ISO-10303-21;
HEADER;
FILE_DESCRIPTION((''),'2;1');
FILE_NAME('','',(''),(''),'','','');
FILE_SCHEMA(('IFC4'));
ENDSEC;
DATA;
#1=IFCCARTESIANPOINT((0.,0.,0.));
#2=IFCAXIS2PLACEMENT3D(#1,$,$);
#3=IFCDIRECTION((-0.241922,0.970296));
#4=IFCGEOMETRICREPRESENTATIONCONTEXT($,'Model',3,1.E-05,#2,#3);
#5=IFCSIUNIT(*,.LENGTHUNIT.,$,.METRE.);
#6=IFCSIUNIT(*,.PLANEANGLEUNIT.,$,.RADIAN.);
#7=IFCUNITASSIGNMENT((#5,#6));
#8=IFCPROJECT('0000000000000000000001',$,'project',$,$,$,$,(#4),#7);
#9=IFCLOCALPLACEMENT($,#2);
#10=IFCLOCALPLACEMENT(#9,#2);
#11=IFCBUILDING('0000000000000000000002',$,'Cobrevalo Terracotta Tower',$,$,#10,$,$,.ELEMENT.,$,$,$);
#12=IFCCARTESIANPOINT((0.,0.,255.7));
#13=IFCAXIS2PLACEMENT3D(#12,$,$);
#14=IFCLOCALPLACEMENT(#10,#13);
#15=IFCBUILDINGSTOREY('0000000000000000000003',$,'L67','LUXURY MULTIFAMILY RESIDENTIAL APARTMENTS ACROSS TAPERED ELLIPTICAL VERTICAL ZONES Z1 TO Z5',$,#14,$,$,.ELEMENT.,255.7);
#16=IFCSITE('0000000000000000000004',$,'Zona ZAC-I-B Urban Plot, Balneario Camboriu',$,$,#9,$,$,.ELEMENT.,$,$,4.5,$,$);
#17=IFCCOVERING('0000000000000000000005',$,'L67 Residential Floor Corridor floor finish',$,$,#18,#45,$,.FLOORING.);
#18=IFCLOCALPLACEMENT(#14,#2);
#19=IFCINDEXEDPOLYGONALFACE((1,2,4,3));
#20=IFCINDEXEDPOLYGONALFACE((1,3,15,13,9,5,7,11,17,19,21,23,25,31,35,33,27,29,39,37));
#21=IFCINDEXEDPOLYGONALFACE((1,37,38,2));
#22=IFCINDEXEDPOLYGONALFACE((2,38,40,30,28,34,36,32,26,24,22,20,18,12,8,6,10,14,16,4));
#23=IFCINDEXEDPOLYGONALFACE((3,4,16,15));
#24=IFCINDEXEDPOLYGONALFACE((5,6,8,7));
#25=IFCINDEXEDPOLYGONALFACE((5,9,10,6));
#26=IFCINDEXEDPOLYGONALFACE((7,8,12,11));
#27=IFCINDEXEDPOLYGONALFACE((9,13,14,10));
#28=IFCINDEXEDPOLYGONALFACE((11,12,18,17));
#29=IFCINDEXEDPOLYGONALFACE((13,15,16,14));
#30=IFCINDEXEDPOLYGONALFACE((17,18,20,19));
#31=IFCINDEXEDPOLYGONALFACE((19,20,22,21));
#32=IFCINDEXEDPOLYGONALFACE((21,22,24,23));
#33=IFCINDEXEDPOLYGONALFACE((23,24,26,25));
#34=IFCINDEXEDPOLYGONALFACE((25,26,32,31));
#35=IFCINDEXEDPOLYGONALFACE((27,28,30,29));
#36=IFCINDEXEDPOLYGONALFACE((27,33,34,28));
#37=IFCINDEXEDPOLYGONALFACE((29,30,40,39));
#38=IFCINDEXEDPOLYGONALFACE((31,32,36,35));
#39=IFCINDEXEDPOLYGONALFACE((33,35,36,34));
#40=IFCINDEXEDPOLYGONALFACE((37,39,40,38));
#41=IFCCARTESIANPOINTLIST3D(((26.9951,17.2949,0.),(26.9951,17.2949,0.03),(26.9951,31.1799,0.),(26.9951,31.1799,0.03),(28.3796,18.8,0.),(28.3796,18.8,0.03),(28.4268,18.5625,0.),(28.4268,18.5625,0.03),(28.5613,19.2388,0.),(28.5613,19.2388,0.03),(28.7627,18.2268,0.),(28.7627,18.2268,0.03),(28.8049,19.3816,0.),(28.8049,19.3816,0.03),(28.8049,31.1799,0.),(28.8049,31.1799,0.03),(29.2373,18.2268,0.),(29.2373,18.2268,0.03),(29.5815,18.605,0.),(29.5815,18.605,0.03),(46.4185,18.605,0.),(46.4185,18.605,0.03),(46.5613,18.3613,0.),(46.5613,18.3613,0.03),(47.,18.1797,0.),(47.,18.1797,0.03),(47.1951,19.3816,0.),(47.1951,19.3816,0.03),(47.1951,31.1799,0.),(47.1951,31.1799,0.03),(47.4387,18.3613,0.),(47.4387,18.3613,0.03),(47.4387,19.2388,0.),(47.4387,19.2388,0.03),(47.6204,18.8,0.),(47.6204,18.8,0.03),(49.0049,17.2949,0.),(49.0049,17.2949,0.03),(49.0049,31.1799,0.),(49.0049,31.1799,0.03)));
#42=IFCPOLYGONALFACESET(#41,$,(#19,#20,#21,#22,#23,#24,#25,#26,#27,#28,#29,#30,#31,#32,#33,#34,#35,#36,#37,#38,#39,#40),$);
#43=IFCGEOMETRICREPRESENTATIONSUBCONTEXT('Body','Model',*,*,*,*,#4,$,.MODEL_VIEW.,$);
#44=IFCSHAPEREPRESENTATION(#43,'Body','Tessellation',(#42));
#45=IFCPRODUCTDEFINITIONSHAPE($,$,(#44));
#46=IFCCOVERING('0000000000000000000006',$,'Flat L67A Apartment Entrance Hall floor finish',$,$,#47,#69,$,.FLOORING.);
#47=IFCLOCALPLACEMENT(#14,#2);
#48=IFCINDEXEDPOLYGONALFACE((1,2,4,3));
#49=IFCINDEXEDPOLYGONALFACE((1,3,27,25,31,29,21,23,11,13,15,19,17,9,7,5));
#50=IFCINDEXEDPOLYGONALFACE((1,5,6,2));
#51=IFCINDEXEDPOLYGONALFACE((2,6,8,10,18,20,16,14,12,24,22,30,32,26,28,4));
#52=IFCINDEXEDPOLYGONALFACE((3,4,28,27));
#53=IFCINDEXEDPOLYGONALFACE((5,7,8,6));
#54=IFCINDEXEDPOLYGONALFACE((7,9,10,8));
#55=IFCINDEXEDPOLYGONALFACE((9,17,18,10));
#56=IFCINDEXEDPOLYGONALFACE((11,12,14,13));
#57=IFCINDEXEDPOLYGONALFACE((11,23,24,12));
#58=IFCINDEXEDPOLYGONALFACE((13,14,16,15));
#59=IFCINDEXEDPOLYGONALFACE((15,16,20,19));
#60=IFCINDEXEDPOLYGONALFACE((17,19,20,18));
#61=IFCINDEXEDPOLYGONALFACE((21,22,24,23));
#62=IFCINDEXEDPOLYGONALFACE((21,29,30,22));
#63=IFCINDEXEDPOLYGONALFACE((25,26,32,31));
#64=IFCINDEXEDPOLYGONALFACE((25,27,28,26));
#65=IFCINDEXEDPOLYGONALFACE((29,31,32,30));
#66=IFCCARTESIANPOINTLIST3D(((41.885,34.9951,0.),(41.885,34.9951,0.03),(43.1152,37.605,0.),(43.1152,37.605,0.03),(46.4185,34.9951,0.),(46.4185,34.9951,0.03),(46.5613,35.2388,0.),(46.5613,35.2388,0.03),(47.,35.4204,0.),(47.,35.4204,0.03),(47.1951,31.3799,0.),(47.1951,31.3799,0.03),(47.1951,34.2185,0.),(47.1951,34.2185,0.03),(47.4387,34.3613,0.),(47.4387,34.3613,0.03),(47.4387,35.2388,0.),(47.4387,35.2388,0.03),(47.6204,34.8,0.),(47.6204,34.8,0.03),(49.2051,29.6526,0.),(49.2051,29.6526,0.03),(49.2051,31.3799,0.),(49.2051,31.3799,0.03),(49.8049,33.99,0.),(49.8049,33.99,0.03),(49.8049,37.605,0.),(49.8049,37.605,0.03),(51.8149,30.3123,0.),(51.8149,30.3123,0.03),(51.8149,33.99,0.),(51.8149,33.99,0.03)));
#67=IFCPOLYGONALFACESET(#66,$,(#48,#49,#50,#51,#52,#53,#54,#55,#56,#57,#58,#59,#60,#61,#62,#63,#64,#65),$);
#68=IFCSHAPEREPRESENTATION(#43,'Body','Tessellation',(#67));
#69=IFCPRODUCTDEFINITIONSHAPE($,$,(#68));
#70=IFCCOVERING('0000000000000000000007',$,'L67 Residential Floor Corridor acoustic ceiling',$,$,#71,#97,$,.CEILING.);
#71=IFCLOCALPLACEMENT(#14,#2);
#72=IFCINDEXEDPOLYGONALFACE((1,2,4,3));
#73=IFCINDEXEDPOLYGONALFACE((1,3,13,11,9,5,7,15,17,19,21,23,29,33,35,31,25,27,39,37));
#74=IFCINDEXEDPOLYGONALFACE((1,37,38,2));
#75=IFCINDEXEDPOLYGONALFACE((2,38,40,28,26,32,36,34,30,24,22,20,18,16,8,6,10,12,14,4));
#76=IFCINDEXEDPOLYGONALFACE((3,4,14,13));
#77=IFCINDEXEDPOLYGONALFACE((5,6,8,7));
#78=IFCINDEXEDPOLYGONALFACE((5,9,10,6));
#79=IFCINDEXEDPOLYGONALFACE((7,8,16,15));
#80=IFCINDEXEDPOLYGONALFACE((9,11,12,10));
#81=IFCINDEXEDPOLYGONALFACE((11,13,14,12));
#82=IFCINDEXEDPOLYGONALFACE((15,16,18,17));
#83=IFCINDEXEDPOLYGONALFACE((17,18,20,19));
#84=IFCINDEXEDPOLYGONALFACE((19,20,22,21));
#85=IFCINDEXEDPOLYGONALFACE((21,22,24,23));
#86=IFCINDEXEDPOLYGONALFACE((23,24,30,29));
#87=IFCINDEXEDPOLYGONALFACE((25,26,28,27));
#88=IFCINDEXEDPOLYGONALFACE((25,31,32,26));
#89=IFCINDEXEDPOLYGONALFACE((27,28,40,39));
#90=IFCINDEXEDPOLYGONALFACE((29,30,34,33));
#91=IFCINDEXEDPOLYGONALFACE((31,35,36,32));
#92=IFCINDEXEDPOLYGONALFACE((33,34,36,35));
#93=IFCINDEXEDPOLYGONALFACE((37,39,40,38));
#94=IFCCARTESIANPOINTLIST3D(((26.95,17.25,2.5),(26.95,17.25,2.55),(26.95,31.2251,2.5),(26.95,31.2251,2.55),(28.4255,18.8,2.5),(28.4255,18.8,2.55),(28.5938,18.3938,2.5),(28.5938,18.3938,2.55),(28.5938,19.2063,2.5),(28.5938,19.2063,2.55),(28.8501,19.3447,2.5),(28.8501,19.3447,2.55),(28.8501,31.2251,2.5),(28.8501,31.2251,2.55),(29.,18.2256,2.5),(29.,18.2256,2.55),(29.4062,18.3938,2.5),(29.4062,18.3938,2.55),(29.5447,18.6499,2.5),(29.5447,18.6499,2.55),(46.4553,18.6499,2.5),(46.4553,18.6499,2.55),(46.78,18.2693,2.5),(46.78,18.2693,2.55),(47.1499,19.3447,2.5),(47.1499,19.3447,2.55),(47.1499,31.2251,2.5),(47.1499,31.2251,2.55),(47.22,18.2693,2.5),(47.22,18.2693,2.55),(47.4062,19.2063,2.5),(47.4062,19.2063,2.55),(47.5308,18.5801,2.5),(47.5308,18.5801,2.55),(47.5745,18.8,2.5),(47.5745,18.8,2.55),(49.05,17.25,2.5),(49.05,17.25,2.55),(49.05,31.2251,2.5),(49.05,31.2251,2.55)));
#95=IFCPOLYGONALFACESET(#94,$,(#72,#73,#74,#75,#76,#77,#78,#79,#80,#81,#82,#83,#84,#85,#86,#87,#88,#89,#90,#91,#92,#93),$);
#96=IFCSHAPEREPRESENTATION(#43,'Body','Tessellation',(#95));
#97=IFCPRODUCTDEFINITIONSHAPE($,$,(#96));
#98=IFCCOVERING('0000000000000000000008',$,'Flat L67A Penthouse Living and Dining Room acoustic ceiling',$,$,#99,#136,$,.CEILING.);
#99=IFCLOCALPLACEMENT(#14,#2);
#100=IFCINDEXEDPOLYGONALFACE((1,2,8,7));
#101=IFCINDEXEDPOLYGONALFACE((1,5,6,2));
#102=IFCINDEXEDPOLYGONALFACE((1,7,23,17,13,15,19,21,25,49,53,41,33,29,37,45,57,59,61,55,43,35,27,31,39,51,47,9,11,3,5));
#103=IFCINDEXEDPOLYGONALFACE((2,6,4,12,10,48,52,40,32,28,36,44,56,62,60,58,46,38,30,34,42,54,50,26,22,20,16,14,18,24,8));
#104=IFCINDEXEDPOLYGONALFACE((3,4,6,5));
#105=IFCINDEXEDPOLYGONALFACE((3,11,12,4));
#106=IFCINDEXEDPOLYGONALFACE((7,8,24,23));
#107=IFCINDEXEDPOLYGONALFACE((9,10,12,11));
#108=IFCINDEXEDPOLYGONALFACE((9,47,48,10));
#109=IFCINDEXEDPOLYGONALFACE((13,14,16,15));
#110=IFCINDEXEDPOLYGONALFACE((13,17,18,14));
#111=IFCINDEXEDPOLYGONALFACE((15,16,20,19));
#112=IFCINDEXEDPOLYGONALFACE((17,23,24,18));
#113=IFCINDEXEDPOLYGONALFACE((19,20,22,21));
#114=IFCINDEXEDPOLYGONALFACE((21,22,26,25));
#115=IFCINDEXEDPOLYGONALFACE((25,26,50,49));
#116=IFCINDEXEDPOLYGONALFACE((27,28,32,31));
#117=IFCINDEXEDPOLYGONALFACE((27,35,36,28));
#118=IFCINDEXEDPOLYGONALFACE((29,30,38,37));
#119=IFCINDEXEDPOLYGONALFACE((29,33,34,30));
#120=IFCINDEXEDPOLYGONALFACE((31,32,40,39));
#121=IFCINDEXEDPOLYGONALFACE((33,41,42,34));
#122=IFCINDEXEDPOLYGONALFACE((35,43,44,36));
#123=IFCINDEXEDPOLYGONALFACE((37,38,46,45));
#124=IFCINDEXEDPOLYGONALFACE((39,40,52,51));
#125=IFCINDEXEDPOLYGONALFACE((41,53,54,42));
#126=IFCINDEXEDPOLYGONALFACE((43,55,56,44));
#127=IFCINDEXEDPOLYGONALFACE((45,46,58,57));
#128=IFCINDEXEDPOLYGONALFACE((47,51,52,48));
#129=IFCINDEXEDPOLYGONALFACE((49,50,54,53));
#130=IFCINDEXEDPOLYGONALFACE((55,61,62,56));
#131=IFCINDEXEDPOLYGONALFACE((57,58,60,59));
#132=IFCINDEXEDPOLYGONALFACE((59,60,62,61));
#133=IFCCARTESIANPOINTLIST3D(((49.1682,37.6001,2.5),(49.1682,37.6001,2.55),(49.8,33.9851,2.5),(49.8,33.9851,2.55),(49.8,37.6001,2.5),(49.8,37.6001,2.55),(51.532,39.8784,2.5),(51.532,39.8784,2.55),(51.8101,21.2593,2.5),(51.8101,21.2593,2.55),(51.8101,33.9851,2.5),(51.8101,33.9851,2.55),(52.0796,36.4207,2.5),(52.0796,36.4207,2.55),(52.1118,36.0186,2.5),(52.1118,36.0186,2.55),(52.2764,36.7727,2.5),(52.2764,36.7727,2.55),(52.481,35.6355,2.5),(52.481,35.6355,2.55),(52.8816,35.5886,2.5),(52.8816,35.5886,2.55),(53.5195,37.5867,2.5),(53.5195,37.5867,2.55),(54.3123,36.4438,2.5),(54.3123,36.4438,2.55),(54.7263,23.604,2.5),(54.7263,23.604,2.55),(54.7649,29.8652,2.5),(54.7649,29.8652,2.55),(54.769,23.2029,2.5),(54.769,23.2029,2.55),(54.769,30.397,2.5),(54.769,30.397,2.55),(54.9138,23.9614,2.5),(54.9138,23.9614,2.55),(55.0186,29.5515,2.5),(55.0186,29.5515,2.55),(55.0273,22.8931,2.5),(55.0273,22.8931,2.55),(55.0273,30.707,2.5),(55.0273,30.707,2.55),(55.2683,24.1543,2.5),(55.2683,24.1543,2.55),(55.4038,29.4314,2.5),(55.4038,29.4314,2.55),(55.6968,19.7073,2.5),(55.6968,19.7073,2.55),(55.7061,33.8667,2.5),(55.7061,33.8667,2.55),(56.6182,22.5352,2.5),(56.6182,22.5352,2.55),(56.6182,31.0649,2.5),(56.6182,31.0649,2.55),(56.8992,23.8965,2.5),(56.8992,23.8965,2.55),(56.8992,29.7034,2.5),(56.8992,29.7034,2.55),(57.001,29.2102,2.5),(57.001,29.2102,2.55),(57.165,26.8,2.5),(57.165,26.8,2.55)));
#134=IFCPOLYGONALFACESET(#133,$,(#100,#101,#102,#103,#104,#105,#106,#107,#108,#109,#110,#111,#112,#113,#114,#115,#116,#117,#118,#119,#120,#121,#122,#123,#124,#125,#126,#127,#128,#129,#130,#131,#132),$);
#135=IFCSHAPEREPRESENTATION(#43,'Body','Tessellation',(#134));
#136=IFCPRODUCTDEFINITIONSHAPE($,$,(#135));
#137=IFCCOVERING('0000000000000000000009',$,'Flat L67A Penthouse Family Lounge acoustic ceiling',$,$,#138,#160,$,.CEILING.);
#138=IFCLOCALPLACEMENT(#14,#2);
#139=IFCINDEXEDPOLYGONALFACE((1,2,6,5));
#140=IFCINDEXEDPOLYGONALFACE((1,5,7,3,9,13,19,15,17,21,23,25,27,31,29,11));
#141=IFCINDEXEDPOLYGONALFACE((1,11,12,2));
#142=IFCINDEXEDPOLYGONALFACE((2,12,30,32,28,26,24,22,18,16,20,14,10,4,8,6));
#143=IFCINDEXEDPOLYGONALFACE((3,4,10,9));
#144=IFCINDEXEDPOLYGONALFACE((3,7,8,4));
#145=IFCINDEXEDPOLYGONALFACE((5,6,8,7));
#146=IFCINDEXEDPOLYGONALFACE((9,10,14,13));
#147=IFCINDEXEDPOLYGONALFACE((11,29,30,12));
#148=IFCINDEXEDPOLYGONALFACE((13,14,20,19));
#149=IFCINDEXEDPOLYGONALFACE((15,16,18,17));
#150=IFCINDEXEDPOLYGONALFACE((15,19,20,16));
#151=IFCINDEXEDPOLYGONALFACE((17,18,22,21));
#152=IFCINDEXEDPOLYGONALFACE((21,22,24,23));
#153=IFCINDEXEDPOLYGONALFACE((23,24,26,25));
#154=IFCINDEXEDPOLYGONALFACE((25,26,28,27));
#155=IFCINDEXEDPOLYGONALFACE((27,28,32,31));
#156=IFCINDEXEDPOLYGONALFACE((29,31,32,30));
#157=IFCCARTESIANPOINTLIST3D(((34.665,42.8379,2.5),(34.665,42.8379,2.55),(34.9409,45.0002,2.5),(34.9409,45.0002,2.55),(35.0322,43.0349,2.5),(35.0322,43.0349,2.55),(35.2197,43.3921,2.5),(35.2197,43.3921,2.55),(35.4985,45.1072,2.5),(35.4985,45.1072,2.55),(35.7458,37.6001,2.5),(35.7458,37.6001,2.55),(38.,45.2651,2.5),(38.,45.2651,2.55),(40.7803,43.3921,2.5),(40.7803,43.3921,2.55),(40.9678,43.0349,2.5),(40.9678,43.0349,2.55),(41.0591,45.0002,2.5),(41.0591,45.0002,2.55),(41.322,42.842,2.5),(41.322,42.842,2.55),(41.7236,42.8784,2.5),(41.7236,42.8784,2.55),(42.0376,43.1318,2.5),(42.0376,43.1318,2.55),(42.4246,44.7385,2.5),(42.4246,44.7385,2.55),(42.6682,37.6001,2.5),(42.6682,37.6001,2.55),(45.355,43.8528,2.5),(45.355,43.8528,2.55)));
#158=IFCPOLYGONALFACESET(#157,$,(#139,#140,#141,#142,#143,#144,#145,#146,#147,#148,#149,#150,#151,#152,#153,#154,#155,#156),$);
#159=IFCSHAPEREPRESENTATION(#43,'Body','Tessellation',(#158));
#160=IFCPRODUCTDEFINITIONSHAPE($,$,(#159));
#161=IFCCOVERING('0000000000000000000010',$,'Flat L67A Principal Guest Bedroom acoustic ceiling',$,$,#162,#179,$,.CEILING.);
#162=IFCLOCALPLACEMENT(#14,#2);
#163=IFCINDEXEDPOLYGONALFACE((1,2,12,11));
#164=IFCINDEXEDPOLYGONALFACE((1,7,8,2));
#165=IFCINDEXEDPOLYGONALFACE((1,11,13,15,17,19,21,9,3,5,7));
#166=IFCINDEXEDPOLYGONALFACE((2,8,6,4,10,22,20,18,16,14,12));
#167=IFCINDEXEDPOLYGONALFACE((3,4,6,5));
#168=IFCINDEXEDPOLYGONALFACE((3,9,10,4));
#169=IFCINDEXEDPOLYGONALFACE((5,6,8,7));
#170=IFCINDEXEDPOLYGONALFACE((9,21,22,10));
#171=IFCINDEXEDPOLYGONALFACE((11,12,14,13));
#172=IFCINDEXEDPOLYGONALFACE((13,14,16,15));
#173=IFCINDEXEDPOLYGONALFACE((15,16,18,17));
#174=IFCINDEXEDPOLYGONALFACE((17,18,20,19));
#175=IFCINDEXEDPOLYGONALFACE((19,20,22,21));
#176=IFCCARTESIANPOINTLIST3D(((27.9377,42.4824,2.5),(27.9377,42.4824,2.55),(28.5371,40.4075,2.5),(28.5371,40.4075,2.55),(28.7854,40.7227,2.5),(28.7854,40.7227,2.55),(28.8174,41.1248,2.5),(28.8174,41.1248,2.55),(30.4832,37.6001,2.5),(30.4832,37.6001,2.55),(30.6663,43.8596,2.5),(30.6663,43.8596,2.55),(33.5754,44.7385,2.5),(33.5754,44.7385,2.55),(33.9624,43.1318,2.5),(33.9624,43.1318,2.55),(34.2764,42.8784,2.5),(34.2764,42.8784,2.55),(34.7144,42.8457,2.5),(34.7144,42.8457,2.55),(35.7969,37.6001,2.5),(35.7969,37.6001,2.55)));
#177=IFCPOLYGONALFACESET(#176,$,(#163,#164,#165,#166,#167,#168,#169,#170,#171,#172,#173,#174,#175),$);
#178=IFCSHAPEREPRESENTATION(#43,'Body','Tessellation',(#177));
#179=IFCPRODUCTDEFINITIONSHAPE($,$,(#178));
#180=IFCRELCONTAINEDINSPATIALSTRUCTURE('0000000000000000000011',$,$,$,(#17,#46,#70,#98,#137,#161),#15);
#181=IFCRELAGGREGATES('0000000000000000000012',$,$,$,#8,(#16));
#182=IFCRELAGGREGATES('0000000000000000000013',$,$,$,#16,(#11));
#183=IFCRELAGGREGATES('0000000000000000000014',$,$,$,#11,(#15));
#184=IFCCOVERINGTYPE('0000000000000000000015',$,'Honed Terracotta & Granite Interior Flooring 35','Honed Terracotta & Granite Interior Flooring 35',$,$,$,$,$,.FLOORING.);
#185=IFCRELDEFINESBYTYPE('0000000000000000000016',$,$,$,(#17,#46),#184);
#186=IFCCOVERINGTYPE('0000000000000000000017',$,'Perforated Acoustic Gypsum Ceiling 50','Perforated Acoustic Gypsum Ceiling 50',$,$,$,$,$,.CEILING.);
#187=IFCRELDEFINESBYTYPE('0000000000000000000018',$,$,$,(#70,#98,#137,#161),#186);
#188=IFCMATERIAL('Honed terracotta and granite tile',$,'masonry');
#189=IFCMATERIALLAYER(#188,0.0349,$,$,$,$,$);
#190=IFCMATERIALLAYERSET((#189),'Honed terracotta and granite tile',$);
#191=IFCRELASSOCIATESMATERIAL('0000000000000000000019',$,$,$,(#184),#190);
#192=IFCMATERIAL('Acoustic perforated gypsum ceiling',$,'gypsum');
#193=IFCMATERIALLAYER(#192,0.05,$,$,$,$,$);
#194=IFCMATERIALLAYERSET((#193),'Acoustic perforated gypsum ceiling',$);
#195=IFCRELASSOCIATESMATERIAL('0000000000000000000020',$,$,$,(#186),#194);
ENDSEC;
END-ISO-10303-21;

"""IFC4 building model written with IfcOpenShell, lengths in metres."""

from ifc_helpers import new_model, si_unit, direction, frame, origin, place, context, subcontext, project, spatial, polyline, outline, extrude, material, layer, layer_set, type_object, element, save


model = new_model("IFC4")

# Units and contexts
model_context = context("Model", 3, precision=1e-05, world=origin(), true_north=direction((-0.241922, 0.970296)))
body_context = subcontext(model_context, "Body", "Model", "MODEL_VIEW")
ifc_project = project(units=[si_unit("LENGTHUNIT", "METRE"), si_unit("PLANEANGLEUNIT", "RADIAN")], contexts=[model_context])

# Site, building, storey
site_placement = place(None, origin())
site = spatial("IfcSite", under=ifc_project, at=site_placement, Name="Zona ZAC-I-B Urban Plot, Balneario Camboriu", CompositionType="ELEMENT", RefElevation=4.5)
building_placement = place(site_placement, origin())
building = spatial("IfcBuilding", under=site, at=building_placement, Name="Cobrevalo Terracotta Tower", CompositionType="ELEMENT")
storey_placement = place(building_placement, frame((0.0, 0.0, 255.7)))
storey = spatial("IfcBuildingStorey", under=building, at=storey_placement, Name="L67", Description="LUXURY MULTIFAMILY RESIDENTIAL APARTMENTS ACROSS TAPERED ELLIPTICAL VERTICAL ZONES Z1 TO Z5", CompositionType="ELEMENT", Elevation=255.7)

# Coverings
ifc_material_1 = material(Name="Honed terracotta and granite tile", Category="masonry")
ifc_layer_1 = layer(ifc_material_1, 0.0349)
ifc_layer_set_1 = layer_set([ifc_layer_1], Name="Honed terracotta and granite tile")
covering_type_1 = type_object("IfcCoveringType", Name="Honed Terracotta & Granite Interior Flooring 35", Description="Honed Terracotta & Granite Interior Flooring 35", PredefinedType="FLOORING", material=ifc_layer_set_1)
covering_1_placement = place(storey_placement, origin())
element("IfcCovering", 1, at=covering_1_placement, inside=storey, type_object=covering_type_1, Name="L67 Residential Floor Corridor floor finish", PredefinedType="FLOORING", context=body_context, shape_type="SweptSolid", body=[
    extrude(outline(polyline([(26.9951, 31.1799), (28.8049, 31.1799), (28.8049, 19.3816), (28.5613, 19.2388), (28.3796, 18.8), (28.4268, 18.5625), (28.7627, 18.2268), (29.2373, 18.2268), (29.5815, 18.605), (46.4185, 18.605), (46.5613, 18.3613), (47.0, 18.1797), (47.4387, 18.3613), (47.6204, 18.8), (47.4387, 19.2388), (47.1951, 19.3816), (47.1951, 31.1799), (49.0049, 31.1799), (49.0049, 17.2949), (26.9951, 17.2949), (26.9951, 31.1799)])), origin(), (0.0, 0.0, 1.0), 0.03),
])
covering_2_placement = place(storey_placement, origin())
element("IfcCovering", 2, at=covering_2_placement, inside=storey, type_object=covering_type_1, Name="Flat L67A Apartment Entrance Hall floor finish", PredefinedType="FLOORING", context=body_context, shape_type="SweptSolid", body=[
    extrude(outline(polyline([(47.1951, 31.3799), (47.1951, 34.2185), (47.4387, 34.3613), (47.6204, 34.8), (47.4387, 35.2388), (47.0, 35.4204), (46.5613, 35.2388), (46.4185, 34.9951), (41.885, 34.9951), (43.1152, 37.605), (49.8049, 37.605), (49.8049, 33.99), (51.8149, 33.99), (51.8149, 30.3123), (49.2051, 29.6526), (49.2051, 31.3799), (47.1951, 31.3799)])), origin(), (0.0, 0.0, 1.0), 0.03),
])
ifc_material_2 = material(Name="Acoustic perforated gypsum ceiling", Category="gypsum")
ifc_layer_2 = layer(ifc_material_2, 0.05)
ifc_layer_set_2 = layer_set([ifc_layer_2], Name="Acoustic perforated gypsum ceiling")
covering_type_2 = type_object("IfcCoveringType", Name="Perforated Acoustic Gypsum Ceiling 50", Description="Perforated Acoustic Gypsum Ceiling 50", PredefinedType="CEILING", material=ifc_layer_set_2)
covering_3_placement = place(storey_placement, frame((0.0, 0.0, 2.5)))
element("IfcCovering", 3, at=covering_3_placement, inside=storey, type_object=covering_type_2, Name="L67 Residential Floor Corridor acoustic ceiling", PredefinedType="CEILING", context=body_context, shape_type="SweptSolid", body=[
    extrude(outline(polyline([(26.95, 31.2251), (28.8501, 31.2251), (28.8501, 19.3447), (28.5938, 19.2063), (28.4255, 18.8), (28.5938, 18.3938), (29.0, 18.2256), (29.4062, 18.3938), (29.5447, 18.6499), (46.4553, 18.6499), (46.78, 18.2693), (47.22, 18.2693), (47.5308, 18.5801), (47.5745, 18.8), (47.4062, 19.2063), (47.1499, 19.3447), (47.1499, 31.2251), (49.05, 31.2251), (49.05, 17.25), (26.95, 17.25), (26.95, 31.2251)])), origin(), (0.0, 0.0, 1.0), 0.05),
])
covering_4_placement = place(storey_placement, frame((0.0, 0.0, 2.5)))
element("IfcCovering", 4, at=covering_4_placement, inside=storey, type_object=covering_type_2, Name="Flat L67A Penthouse Living and Dining Room acoustic ceiling", PredefinedType="CEILING", context=body_context, shape_type="SweptSolid", body=[
    extrude(outline(polyline([(51.532, 39.8784), (53.5195, 37.5867), (52.2764, 36.7727), (52.0796, 36.4207), (52.1118, 36.0186), (52.481, 35.6355), (52.8816, 35.5886), (54.3123, 36.4438), (55.7061, 33.8667), (56.6182, 31.0649), (55.0273, 30.707), (54.769, 30.397), (54.7649, 29.8652), (55.0186, 29.5515), (55.4038, 29.4314), (56.8992, 29.7034), (57.001, 29.2102), (57.165, 26.8), (56.8992, 23.8965), (55.2683, 24.1543), (54.9138, 23.9614), (54.7263, 23.604), (54.769, 23.2029), (55.0273, 22.8931), (56.6182, 22.5352), (55.6968, 19.7073), (51.8101, 21.2593), (51.8101, 33.9851), (49.8, 33.9851), (49.8, 37.6001), (49.1682, 37.6001), (51.532, 39.8784)])), origin(), (0.0, 0.0, 1.0), 0.05),
])
covering_5_placement = place(storey_placement, frame((0.0, 0.0, 2.5)))
element("IfcCovering", 5, at=covering_5_placement, inside=storey, type_object=covering_type_2, Name="Flat L67A Penthouse Family Lounge acoustic ceiling", PredefinedType="CEILING", context=body_context, shape_type="SweptSolid", body=[
    extrude(outline(polyline([(34.665, 42.8379), (35.0322, 43.0349), (35.2197, 43.3921), (34.9409, 45.0002), (35.4985, 45.1072), (38.0, 45.2651), (41.0591, 45.0002), (40.7803, 43.3921), (40.9678, 43.0349), (41.322, 42.842), (41.7236, 42.8784), (42.0376, 43.1318), (42.4246, 44.7385), (45.355, 43.8528), (42.6682, 37.6001), (35.7458, 37.6001), (34.665, 42.8379)])), origin(), (0.0, 0.0, 1.0), 0.05),
])
covering_6_placement = place(storey_placement, frame((0.0, 0.0, 2.5)))
element("IfcCovering", 6, at=covering_6_placement, inside=storey, type_object=covering_type_2, Name="Flat L67A Principal Guest Bedroom acoustic ceiling", PredefinedType="CEILING", context=body_context, shape_type="SweptSolid", body=[
    extrude(outline(polyline([(28.5371, 40.4075), (28.7854, 40.7227), (28.8174, 41.1248), (27.9377, 42.4824), (30.6663, 43.8596), (33.5754, 44.7385), (33.9624, 43.1318), (34.2764, 42.8784), (34.7144, 42.8457), (35.7969, 37.6001), (30.4832, 37.6001), (28.5371, 40.4075)])), origin(), (0.0, 0.0, 1.0), 0.05),
])

save(model, "model.ifc")
